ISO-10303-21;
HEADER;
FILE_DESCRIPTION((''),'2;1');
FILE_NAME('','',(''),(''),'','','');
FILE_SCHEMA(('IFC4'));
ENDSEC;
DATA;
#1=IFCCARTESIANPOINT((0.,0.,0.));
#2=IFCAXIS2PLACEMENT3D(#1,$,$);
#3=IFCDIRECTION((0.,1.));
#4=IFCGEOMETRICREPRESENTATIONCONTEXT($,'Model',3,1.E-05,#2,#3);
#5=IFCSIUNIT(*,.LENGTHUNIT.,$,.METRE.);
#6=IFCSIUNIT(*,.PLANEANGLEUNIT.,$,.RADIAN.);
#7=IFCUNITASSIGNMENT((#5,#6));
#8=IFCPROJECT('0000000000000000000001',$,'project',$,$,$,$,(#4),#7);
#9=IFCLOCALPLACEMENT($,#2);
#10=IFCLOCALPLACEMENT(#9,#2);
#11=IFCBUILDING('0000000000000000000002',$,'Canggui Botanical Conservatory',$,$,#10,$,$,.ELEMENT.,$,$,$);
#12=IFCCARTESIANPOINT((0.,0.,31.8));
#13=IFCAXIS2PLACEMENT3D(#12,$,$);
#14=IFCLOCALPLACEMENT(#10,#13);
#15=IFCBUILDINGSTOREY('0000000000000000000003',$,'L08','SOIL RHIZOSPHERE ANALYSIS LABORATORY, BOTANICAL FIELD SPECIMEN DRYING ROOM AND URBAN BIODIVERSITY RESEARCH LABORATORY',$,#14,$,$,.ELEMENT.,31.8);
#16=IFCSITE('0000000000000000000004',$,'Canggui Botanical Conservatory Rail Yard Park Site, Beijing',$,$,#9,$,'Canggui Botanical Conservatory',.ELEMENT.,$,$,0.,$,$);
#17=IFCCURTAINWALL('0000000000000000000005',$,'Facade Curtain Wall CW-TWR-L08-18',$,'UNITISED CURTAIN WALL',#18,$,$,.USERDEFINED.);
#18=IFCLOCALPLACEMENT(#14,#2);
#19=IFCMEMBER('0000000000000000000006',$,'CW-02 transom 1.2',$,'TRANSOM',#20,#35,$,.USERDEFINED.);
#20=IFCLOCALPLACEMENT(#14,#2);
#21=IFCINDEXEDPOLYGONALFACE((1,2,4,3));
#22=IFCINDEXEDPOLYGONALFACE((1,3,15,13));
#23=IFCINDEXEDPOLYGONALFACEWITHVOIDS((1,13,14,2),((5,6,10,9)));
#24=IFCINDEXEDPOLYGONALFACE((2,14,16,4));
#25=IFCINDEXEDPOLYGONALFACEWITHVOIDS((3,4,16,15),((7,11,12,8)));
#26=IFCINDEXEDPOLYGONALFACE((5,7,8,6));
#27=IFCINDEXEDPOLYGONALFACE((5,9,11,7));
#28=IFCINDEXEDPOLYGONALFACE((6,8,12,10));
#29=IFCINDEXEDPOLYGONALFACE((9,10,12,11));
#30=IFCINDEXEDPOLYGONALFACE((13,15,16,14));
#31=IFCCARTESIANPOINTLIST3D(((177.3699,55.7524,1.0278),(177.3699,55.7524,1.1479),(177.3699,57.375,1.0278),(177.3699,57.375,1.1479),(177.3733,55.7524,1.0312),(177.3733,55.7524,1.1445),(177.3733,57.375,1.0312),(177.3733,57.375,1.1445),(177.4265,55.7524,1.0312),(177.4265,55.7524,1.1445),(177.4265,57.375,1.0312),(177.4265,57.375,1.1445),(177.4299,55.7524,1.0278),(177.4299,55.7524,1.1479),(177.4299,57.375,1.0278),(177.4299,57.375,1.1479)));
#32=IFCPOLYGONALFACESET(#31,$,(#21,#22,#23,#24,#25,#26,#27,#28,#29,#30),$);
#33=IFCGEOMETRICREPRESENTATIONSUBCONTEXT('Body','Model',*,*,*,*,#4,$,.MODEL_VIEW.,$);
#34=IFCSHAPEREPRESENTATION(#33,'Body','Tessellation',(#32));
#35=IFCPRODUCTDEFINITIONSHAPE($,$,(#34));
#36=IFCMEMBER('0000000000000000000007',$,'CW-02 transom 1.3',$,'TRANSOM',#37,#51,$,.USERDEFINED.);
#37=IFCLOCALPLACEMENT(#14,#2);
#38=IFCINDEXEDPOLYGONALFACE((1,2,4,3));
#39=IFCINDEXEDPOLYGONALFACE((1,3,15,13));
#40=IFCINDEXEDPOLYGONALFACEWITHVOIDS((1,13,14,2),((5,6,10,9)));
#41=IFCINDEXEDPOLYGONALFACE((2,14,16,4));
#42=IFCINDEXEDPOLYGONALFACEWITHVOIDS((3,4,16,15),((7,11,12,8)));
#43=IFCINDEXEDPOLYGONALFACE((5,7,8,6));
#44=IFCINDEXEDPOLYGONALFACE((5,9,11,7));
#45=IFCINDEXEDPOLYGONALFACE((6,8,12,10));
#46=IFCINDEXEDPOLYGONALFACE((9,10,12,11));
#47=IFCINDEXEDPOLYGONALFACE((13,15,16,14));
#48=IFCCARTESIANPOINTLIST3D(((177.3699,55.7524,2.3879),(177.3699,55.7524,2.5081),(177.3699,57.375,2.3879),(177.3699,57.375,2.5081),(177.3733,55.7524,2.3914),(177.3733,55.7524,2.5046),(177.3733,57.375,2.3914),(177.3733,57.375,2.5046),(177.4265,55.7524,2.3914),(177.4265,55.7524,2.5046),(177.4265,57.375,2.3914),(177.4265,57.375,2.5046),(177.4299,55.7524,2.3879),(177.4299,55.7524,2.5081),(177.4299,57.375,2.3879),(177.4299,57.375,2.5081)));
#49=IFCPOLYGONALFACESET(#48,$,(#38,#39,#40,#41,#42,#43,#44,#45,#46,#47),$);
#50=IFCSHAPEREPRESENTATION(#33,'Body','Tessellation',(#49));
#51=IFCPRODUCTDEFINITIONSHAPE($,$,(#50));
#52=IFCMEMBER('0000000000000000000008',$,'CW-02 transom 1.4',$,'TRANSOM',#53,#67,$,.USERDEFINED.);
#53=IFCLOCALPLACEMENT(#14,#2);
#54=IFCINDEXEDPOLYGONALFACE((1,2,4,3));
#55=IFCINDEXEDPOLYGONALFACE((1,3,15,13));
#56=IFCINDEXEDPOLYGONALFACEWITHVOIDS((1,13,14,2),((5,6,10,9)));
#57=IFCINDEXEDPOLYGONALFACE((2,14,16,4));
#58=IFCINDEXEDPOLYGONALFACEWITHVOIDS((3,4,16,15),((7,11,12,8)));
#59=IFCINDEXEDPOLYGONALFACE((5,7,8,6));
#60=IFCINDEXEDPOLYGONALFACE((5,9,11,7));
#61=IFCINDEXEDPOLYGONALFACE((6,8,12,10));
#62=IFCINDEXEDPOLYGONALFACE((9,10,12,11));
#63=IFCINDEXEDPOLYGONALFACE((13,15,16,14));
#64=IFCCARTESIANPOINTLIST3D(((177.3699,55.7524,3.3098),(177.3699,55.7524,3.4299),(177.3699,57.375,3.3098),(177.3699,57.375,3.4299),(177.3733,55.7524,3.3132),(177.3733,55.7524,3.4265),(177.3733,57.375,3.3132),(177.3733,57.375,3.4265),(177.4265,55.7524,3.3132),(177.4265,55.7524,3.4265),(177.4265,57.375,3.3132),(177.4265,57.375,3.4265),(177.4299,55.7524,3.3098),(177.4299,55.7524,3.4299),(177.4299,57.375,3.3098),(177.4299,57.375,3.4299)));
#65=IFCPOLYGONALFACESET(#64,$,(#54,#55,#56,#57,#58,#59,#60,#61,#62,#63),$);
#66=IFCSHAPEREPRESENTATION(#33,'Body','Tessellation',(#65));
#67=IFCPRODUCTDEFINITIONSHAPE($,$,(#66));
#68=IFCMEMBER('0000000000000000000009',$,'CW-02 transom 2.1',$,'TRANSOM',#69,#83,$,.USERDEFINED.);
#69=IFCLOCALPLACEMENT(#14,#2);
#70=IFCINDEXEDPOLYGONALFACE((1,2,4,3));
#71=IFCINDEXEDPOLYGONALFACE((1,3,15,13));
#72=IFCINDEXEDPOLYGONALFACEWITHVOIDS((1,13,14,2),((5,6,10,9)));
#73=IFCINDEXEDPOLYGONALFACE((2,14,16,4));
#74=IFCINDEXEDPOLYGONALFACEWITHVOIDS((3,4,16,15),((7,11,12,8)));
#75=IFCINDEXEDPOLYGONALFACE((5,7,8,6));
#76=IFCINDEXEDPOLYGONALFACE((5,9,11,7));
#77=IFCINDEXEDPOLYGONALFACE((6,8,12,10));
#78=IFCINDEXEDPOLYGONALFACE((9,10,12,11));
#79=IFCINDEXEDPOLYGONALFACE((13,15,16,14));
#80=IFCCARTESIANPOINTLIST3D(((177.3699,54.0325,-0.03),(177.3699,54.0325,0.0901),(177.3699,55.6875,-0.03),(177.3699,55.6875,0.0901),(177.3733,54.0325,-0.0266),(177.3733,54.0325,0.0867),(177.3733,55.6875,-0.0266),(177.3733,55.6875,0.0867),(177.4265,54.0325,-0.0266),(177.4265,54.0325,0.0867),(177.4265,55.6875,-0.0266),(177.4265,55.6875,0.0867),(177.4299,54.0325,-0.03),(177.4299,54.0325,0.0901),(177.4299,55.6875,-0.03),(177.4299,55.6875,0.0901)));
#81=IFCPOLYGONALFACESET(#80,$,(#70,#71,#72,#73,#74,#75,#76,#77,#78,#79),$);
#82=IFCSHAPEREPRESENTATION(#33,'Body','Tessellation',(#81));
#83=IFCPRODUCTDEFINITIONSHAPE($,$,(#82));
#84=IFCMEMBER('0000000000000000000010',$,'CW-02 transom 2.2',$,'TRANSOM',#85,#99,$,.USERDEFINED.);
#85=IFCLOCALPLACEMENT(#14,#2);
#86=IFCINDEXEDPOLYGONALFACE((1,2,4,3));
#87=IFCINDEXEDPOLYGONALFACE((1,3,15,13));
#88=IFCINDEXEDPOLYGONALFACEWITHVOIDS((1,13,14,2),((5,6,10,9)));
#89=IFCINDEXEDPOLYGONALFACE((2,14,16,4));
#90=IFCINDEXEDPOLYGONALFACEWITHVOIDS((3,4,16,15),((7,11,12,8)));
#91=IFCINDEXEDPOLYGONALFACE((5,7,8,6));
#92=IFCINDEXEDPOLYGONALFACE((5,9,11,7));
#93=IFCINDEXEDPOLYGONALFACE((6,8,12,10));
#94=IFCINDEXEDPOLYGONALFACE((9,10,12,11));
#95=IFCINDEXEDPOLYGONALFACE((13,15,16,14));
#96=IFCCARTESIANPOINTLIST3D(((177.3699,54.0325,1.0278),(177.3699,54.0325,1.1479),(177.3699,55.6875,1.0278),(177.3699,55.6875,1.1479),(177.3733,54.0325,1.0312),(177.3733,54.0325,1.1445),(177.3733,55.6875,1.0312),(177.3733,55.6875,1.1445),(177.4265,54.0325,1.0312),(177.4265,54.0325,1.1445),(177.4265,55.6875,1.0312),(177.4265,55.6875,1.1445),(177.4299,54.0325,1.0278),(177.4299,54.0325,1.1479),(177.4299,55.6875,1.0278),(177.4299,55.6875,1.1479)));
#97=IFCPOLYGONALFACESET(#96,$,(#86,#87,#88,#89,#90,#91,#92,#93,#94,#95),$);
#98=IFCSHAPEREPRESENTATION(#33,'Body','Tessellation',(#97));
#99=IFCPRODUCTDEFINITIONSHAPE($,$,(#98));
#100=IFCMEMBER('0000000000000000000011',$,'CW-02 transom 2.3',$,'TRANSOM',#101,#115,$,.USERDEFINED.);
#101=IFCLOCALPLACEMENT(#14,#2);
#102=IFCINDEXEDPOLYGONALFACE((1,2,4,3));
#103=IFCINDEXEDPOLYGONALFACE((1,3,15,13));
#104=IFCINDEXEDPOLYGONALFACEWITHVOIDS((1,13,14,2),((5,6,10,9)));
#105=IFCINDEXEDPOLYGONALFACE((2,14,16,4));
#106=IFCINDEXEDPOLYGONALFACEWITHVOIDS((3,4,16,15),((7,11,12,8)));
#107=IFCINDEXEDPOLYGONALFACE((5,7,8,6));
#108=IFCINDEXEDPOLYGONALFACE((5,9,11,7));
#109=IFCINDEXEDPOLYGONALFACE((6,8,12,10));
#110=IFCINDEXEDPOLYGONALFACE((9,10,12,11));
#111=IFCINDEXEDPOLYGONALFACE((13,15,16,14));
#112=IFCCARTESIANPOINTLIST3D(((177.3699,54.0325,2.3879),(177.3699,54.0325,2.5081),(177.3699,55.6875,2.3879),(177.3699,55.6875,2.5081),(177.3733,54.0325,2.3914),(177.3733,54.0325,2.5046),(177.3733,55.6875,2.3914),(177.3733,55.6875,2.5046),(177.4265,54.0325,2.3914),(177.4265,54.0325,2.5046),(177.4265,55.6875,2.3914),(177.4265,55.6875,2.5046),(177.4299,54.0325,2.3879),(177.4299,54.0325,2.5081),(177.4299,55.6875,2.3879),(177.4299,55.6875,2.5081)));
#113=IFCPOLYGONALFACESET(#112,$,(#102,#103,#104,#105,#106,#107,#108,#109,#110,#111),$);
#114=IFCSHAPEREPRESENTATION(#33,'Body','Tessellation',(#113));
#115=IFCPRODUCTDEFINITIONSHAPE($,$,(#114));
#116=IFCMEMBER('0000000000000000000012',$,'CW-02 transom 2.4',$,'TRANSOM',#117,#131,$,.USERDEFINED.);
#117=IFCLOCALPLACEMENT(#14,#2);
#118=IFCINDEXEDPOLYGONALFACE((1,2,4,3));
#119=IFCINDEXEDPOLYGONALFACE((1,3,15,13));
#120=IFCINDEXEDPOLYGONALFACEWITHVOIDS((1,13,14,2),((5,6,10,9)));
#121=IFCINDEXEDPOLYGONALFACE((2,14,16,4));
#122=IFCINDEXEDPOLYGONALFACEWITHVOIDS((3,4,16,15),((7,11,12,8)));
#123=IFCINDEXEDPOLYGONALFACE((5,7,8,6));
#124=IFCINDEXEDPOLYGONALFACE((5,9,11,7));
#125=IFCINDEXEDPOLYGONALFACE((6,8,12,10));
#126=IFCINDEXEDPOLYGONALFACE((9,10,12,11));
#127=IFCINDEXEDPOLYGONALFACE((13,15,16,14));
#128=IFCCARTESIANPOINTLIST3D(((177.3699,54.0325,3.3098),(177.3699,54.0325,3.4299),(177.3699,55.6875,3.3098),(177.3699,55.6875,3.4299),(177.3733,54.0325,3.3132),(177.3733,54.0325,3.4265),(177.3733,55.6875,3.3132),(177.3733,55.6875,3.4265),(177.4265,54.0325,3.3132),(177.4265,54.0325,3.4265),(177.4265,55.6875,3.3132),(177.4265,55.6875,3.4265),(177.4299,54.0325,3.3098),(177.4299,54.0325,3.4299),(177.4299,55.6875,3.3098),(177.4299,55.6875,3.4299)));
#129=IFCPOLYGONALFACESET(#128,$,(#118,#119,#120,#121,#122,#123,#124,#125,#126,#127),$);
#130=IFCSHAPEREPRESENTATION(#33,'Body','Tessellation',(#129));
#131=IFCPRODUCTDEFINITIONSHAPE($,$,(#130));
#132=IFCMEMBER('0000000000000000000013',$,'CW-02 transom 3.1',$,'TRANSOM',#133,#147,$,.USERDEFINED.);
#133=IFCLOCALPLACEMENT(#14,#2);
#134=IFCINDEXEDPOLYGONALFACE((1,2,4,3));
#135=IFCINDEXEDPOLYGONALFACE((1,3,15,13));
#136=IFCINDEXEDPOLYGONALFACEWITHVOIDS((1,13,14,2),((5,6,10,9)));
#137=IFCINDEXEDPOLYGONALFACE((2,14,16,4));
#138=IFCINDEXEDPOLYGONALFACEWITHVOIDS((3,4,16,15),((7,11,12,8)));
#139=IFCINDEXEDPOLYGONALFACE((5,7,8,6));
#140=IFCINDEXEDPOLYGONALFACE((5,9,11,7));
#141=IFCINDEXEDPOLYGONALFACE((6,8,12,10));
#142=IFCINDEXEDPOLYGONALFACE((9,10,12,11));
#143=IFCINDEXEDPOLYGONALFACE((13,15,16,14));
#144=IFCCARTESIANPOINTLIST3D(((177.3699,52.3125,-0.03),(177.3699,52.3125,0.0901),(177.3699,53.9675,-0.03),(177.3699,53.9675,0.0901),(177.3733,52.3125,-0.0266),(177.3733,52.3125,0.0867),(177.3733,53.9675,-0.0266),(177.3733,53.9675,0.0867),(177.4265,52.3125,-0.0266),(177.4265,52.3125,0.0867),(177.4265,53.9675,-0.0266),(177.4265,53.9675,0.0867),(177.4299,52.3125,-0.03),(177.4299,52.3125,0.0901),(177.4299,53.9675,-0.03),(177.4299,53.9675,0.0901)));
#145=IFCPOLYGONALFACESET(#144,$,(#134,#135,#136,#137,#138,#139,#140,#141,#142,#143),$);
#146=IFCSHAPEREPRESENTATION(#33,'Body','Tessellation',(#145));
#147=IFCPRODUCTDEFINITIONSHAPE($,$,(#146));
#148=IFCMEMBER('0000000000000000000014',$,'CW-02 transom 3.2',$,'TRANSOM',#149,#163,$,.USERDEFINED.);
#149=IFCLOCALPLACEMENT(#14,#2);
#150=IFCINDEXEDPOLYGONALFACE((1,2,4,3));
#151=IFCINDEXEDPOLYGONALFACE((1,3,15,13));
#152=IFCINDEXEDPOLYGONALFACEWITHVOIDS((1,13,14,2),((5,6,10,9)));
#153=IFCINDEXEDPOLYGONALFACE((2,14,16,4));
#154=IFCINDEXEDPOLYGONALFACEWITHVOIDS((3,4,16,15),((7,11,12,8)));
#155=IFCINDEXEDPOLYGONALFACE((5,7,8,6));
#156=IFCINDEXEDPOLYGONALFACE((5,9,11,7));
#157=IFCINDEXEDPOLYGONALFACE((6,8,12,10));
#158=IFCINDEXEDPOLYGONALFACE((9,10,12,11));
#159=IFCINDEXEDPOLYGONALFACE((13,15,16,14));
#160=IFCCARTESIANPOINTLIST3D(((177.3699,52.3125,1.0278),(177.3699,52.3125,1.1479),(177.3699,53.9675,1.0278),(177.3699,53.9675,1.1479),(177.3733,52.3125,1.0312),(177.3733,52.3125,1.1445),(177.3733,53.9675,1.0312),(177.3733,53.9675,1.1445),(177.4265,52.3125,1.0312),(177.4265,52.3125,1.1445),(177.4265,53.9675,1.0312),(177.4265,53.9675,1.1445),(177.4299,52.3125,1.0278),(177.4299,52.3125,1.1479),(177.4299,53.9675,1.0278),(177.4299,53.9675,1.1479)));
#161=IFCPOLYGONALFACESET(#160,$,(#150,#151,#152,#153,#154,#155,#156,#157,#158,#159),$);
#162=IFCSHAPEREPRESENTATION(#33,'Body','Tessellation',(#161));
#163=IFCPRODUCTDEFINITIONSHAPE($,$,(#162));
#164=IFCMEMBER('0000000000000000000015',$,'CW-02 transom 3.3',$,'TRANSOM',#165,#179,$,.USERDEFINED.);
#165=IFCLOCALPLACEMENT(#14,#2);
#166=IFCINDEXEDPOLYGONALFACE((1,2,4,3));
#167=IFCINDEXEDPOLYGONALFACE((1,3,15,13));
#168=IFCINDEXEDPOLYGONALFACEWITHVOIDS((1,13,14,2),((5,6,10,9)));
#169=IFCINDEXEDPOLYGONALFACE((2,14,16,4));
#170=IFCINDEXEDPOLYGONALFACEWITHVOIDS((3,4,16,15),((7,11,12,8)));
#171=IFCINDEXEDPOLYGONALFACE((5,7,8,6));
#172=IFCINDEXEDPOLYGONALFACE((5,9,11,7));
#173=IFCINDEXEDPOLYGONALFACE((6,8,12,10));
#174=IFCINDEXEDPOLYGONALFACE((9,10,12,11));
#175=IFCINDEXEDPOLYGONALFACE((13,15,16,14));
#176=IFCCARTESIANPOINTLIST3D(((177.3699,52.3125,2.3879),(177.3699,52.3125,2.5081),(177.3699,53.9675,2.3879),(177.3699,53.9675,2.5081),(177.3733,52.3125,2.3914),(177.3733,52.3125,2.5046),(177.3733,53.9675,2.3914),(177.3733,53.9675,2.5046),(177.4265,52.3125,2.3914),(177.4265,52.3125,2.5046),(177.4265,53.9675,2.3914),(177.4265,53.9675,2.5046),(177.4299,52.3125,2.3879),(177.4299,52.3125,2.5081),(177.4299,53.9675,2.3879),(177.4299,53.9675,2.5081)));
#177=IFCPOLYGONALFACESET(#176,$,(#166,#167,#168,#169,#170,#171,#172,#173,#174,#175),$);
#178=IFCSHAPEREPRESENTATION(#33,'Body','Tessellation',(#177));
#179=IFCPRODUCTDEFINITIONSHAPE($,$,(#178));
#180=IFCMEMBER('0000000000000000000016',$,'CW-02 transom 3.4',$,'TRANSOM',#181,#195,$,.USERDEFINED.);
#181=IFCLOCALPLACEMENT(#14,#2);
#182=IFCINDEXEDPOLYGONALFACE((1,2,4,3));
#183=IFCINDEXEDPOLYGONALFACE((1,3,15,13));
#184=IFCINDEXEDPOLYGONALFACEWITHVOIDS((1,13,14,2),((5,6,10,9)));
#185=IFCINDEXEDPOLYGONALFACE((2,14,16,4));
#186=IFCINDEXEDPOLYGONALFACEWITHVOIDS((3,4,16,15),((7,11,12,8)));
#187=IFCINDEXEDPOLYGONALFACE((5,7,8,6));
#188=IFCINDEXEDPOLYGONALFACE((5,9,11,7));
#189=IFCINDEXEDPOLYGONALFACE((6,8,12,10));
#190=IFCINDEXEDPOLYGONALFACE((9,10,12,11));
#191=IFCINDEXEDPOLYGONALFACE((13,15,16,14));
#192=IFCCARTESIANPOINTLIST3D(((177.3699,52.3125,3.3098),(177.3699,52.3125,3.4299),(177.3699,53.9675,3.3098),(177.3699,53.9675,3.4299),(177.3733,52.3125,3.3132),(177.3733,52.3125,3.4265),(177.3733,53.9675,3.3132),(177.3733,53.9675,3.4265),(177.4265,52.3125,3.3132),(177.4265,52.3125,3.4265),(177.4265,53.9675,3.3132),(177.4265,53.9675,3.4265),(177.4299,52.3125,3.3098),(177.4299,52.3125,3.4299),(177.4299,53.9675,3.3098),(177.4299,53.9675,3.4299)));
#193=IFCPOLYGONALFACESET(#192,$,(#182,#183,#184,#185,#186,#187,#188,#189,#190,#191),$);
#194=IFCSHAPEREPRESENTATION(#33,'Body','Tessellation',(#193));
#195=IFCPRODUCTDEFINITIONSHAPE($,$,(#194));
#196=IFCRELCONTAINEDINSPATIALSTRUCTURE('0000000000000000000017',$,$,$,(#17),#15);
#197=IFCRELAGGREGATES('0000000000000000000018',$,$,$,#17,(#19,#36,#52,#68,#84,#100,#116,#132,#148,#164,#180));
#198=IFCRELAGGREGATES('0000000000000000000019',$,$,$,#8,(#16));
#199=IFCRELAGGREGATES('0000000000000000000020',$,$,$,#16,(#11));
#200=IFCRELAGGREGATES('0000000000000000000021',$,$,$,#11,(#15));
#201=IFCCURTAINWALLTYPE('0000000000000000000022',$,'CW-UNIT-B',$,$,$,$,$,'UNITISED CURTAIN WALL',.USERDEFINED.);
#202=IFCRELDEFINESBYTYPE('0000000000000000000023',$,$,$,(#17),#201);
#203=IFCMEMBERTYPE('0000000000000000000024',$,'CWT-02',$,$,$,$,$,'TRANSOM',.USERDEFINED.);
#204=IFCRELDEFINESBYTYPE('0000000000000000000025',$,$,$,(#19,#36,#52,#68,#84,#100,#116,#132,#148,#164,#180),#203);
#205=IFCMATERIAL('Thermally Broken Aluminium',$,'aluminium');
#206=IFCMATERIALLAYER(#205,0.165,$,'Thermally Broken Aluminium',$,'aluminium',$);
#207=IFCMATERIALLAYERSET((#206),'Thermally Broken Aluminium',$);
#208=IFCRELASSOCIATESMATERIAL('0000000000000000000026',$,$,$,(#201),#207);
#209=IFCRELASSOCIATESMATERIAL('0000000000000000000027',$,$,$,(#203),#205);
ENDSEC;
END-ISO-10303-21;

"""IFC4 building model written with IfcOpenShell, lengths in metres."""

from ifc_helpers import new_model, si_unit, direction, frame, origin, origin_2d, place, context, subcontext, project, spatial, hollow_rectangle, extrude, material, layer, layer_set, material_profile, profile_set, type_object, element, aggregate, save


model = new_model("IFC4")

# Units and contexts
model_context = context("Model", 3, precision=1e-05, world=origin(), true_north=direction((0.0, 1.0)))
body_context = subcontext(model_context, "Body", "Model", "MODEL_VIEW")
ifc_project = project(units=[si_unit("LENGTHUNIT", "METRE"), si_unit("PLANEANGLEUNIT", "RADIAN")], contexts=[model_context])

# Site, building, storey
site_placement = place(None, origin())
site = spatial("IfcSite", under=ifc_project, at=site_placement, Name="Canggui Botanical Conservatory Rail Yard Park Site, Beijing", LongName="Canggui Botanical Conservatory", CompositionType="ELEMENT", RefElevation=0.0)
building_placement = place(site_placement, origin())
building = spatial("IfcBuilding", under=site, at=building_placement, Name="Canggui Botanical Conservatory", CompositionType="ELEMENT")
storey_placement = place(building_placement, frame((0.0, 0.0, 31.8)))
storey = spatial("IfcBuildingStorey", under=building, at=storey_placement, Name="L08", Description="SOIL RHIZOSPHERE ANALYSIS LABORATORY, BOTANICAL FIELD SPECIMEN DRYING ROOM AND URBAN BIODIVERSITY RESEARCH LABORATORY", CompositionType="ELEMENT", Elevation=31.8)

# Shared definitions
ifc_material_1 = material(Name="Thermally Broken Aluminium", Category="aluminium")
ifc_layer_1 = layer(ifc_material_1, 0.165, Name="Thermally Broken Aluminium", Category="aluminium")
ifc_layer_set_1 = layer_set([ifc_layer_1], Name="Thermally Broken Aluminium")
curtain_wall_type = type_object("IfcCurtainWallType", Name="CW-UNIT-B", ElementType="UNITISED CURTAIN WALL", PredefinedType="USERDEFINED", material=ifc_layer_set_1)

# Curtain wall, members
curtain_wall_1_placement = place(storey_placement, origin())
curtain_wall_1 = element("IfcCurtainWall", 1, at=curtain_wall_1_placement, inside=storey, type_object=curtain_wall_type, Name="Facade Curtain Wall CW-TWR-L08-18", ObjectType="UNITISED CURTAIN WALL", PredefinedType="USERDEFINED")
ifc_material_profile_1 = material_profile(ifc_material_1, hollow_rectangle(XDim=0.0601, YDim=0.1201, WallThickness=0.0034, at=origin_2d()), Name="CWT 60x120x3.5")
ifc_profile_set_1 = profile_set([ifc_material_profile_1], Name="Thermally Broken Aluminium")
member_type_1 = type_object("IfcMemberType", Name="CWT-02", ElementType="TRANSOM", PredefinedType="USERDEFINED", material=ifc_profile_set_1)
member_1_placement = place(storey_placement, frame((177.3999, 57.375, 1.0879), z_axis=(0.0, -1.0, 0.0), x_axis=(1.0, 0.0, 0.0)))
member_1 = element("IfcMember", 2, at=member_1_placement, type_object=member_type_1, Name="CW-02 transom 1.2", ObjectType="TRANSOM", PredefinedType="USERDEFINED", context=body_context, shape_type="SweptSolid", body=[
    extrude(hollow_rectangle(XDim=0.0601, YDim=0.1201, WallThickness=0.0034, at=origin_2d()), origin(), (0.0, 0.0, 1.0), 1.6226),
])
member_2_placement = place(storey_placement, frame((177.3999, 57.375, 2.448), z_axis=(0.0, -1.0, 0.0), x_axis=(1.0, 0.0, 0.0)))
member_2 = element("IfcMember", 3, at=member_2_placement, type_object=member_type_1, Name="CW-02 transom 1.3", ObjectType="TRANSOM", PredefinedType="USERDEFINED", context=body_context, shape_type="SweptSolid", body=[
    extrude(hollow_rectangle(XDim=0.0601, YDim=0.1201, WallThickness=0.0034, at=origin_2d()), origin(), (0.0, 0.0, 1.0), 1.6226),
])
member_3_placement = place(storey_placement, frame((177.3999, 57.375, 3.3699), z_axis=(0.0, -1.0, 0.0), x_axis=(1.0, 0.0, 0.0)))
member_3 = element("IfcMember", 4, at=member_3_placement, type_object=member_type_1, Name="CW-02 transom 1.4", ObjectType="TRANSOM", PredefinedType="USERDEFINED", context=body_context, shape_type="SweptSolid", body=[
    extrude(hollow_rectangle(XDim=0.0601, YDim=0.1201, WallThickness=0.0034, at=origin_2d()), origin(), (0.0, 0.0, 1.0), 1.6226),
])
member_4_placement = place(storey_placement, frame((177.3999, 55.6875, 0.03), z_axis=(0.0, -1.0, 0.0), x_axis=(1.0, 0.0, 0.0)))
member_4 = element("IfcMember", 5, at=member_4_placement, type_object=member_type_1, Name="CW-02 transom 2.1", ObjectType="TRANSOM", PredefinedType="USERDEFINED", context=body_context, shape_type="SweptSolid", body=[
    extrude(hollow_rectangle(XDim=0.0601, YDim=0.1201, WallThickness=0.0034, at=origin_2d()), origin(), (0.0, 0.0, 1.0), 1.655),
])
member_5_placement = place(storey_placement, frame((177.3999, 55.6875, 1.0879), z_axis=(0.0, -1.0, 0.0), x_axis=(1.0, 0.0, 0.0)))
member_5 = element("IfcMember", 6, at=member_5_placement, type_object=member_type_1, Name="CW-02 transom 2.2", ObjectType="TRANSOM", PredefinedType="USERDEFINED", context=body_context, shape_type="SweptSolid", body=[
    extrude(hollow_rectangle(XDim=0.0601, YDim=0.1201, WallThickness=0.0034, at=origin_2d()), origin(), (0.0, 0.0, 1.0), 1.655),
])
member_6_placement = place(storey_placement, frame((177.3999, 55.6875, 2.448), z_axis=(0.0, -1.0, 0.0), x_axis=(1.0, 0.0, 0.0)))
member_6 = element("IfcMember", 7, at=member_6_placement, type_object=member_type_1, Name="CW-02 transom 2.3", ObjectType="TRANSOM", PredefinedType="USERDEFINED", context=body_context, shape_type="SweptSolid", body=[
    extrude(hollow_rectangle(XDim=0.0601, YDim=0.1201, WallThickness=0.0034, at=origin_2d()), origin(), (0.0, 0.0, 1.0), 1.655),
])
member_7_placement = place(storey_placement, frame((177.3999, 55.6875, 3.3699), z_axis=(0.0, -1.0, 0.0), x_axis=(1.0, 0.0, 0.0)))
member_7 = element("IfcMember", 8, at=member_7_placement, type_object=member_type_1, Name="CW-02 transom 2.4", ObjectType="TRANSOM", PredefinedType="USERDEFINED", context=body_context, shape_type="SweptSolid", body=[
    extrude(hollow_rectangle(XDim=0.0601, YDim=0.1201, WallThickness=0.0034, at=origin_2d()), origin(), (0.0, 0.0, 1.0), 1.655),
])
member_8_placement = place(storey_placement, frame((177.3999, 53.9675, 0.03), z_axis=(0.0, -1.0, 0.0), x_axis=(1.0, 0.0, 0.0)))
member_8 = element("IfcMember", 9, at=member_8_placement, type_object=member_type_1, Name="CW-02 transom 3.1", ObjectType="TRANSOM", PredefinedType="USERDEFINED", context=body_context, shape_type="SweptSolid", body=[
    extrude(hollow_rectangle(XDim=0.0601, YDim=0.1201, WallThickness=0.0034, at=origin_2d()), origin(), (0.0, 0.0, 1.0), 1.655),
])
member_9_placement = place(storey_placement, frame((177.3999, 53.9675, 1.0879), z_axis=(0.0, -1.0, 0.0), x_axis=(1.0, 0.0, 0.0)))
member_9 = element("IfcMember", 10, at=member_9_placement, type_object=member_type_1, Name="CW-02 transom 3.2", ObjectType="TRANSOM", PredefinedType="USERDEFINED", context=body_context, shape_type="SweptSolid", body=[
    extrude(hollow_rectangle(XDim=0.0601, YDim=0.1201, WallThickness=0.0034, at=origin_2d()), origin(), (0.0, 0.0, 1.0), 1.655),
])
member_10_placement = place(storey_placement, frame((177.3999, 53.9675, 2.448), z_axis=(0.0, -1.0, 0.0), x_axis=(1.0, 0.0, 0.0)))
member_10 = element("IfcMember", 11, at=member_10_placement, type_object=member_type_1, Name="CW-02 transom 3.3", ObjectType="TRANSOM", PredefinedType="USERDEFINED", context=body_context, shape_type="SweptSolid", body=[
    extrude(hollow_rectangle(XDim=0.0601, YDim=0.1201, WallThickness=0.0034, at=origin_2d()), origin(), (0.0, 0.0, 1.0), 1.655),
])
member_11_placement = place(storey_placement, frame((177.3999, 53.9675, 3.3699), z_axis=(0.0, -1.0, 0.0), x_axis=(1.0, 0.0, 0.0)))
member_11 = element("IfcMember", 12, at=member_11_placement, type_object=member_type_1, Name="CW-02 transom 3.4", ObjectType="TRANSOM", PredefinedType="USERDEFINED", context=body_context, shape_type="SweptSolid", body=[
    extrude(hollow_rectangle(XDim=0.0601, YDim=0.1201, WallThickness=0.0034, at=origin_2d()), origin(), (0.0, 0.0, 1.0), 1.655),
])

aggregate(curtain_wall_1, [member_1, member_2, member_3, member_4, member_5, member_6, member_7, member_8, member_9, member_10, member_11])

save(model, "model.ifc")
